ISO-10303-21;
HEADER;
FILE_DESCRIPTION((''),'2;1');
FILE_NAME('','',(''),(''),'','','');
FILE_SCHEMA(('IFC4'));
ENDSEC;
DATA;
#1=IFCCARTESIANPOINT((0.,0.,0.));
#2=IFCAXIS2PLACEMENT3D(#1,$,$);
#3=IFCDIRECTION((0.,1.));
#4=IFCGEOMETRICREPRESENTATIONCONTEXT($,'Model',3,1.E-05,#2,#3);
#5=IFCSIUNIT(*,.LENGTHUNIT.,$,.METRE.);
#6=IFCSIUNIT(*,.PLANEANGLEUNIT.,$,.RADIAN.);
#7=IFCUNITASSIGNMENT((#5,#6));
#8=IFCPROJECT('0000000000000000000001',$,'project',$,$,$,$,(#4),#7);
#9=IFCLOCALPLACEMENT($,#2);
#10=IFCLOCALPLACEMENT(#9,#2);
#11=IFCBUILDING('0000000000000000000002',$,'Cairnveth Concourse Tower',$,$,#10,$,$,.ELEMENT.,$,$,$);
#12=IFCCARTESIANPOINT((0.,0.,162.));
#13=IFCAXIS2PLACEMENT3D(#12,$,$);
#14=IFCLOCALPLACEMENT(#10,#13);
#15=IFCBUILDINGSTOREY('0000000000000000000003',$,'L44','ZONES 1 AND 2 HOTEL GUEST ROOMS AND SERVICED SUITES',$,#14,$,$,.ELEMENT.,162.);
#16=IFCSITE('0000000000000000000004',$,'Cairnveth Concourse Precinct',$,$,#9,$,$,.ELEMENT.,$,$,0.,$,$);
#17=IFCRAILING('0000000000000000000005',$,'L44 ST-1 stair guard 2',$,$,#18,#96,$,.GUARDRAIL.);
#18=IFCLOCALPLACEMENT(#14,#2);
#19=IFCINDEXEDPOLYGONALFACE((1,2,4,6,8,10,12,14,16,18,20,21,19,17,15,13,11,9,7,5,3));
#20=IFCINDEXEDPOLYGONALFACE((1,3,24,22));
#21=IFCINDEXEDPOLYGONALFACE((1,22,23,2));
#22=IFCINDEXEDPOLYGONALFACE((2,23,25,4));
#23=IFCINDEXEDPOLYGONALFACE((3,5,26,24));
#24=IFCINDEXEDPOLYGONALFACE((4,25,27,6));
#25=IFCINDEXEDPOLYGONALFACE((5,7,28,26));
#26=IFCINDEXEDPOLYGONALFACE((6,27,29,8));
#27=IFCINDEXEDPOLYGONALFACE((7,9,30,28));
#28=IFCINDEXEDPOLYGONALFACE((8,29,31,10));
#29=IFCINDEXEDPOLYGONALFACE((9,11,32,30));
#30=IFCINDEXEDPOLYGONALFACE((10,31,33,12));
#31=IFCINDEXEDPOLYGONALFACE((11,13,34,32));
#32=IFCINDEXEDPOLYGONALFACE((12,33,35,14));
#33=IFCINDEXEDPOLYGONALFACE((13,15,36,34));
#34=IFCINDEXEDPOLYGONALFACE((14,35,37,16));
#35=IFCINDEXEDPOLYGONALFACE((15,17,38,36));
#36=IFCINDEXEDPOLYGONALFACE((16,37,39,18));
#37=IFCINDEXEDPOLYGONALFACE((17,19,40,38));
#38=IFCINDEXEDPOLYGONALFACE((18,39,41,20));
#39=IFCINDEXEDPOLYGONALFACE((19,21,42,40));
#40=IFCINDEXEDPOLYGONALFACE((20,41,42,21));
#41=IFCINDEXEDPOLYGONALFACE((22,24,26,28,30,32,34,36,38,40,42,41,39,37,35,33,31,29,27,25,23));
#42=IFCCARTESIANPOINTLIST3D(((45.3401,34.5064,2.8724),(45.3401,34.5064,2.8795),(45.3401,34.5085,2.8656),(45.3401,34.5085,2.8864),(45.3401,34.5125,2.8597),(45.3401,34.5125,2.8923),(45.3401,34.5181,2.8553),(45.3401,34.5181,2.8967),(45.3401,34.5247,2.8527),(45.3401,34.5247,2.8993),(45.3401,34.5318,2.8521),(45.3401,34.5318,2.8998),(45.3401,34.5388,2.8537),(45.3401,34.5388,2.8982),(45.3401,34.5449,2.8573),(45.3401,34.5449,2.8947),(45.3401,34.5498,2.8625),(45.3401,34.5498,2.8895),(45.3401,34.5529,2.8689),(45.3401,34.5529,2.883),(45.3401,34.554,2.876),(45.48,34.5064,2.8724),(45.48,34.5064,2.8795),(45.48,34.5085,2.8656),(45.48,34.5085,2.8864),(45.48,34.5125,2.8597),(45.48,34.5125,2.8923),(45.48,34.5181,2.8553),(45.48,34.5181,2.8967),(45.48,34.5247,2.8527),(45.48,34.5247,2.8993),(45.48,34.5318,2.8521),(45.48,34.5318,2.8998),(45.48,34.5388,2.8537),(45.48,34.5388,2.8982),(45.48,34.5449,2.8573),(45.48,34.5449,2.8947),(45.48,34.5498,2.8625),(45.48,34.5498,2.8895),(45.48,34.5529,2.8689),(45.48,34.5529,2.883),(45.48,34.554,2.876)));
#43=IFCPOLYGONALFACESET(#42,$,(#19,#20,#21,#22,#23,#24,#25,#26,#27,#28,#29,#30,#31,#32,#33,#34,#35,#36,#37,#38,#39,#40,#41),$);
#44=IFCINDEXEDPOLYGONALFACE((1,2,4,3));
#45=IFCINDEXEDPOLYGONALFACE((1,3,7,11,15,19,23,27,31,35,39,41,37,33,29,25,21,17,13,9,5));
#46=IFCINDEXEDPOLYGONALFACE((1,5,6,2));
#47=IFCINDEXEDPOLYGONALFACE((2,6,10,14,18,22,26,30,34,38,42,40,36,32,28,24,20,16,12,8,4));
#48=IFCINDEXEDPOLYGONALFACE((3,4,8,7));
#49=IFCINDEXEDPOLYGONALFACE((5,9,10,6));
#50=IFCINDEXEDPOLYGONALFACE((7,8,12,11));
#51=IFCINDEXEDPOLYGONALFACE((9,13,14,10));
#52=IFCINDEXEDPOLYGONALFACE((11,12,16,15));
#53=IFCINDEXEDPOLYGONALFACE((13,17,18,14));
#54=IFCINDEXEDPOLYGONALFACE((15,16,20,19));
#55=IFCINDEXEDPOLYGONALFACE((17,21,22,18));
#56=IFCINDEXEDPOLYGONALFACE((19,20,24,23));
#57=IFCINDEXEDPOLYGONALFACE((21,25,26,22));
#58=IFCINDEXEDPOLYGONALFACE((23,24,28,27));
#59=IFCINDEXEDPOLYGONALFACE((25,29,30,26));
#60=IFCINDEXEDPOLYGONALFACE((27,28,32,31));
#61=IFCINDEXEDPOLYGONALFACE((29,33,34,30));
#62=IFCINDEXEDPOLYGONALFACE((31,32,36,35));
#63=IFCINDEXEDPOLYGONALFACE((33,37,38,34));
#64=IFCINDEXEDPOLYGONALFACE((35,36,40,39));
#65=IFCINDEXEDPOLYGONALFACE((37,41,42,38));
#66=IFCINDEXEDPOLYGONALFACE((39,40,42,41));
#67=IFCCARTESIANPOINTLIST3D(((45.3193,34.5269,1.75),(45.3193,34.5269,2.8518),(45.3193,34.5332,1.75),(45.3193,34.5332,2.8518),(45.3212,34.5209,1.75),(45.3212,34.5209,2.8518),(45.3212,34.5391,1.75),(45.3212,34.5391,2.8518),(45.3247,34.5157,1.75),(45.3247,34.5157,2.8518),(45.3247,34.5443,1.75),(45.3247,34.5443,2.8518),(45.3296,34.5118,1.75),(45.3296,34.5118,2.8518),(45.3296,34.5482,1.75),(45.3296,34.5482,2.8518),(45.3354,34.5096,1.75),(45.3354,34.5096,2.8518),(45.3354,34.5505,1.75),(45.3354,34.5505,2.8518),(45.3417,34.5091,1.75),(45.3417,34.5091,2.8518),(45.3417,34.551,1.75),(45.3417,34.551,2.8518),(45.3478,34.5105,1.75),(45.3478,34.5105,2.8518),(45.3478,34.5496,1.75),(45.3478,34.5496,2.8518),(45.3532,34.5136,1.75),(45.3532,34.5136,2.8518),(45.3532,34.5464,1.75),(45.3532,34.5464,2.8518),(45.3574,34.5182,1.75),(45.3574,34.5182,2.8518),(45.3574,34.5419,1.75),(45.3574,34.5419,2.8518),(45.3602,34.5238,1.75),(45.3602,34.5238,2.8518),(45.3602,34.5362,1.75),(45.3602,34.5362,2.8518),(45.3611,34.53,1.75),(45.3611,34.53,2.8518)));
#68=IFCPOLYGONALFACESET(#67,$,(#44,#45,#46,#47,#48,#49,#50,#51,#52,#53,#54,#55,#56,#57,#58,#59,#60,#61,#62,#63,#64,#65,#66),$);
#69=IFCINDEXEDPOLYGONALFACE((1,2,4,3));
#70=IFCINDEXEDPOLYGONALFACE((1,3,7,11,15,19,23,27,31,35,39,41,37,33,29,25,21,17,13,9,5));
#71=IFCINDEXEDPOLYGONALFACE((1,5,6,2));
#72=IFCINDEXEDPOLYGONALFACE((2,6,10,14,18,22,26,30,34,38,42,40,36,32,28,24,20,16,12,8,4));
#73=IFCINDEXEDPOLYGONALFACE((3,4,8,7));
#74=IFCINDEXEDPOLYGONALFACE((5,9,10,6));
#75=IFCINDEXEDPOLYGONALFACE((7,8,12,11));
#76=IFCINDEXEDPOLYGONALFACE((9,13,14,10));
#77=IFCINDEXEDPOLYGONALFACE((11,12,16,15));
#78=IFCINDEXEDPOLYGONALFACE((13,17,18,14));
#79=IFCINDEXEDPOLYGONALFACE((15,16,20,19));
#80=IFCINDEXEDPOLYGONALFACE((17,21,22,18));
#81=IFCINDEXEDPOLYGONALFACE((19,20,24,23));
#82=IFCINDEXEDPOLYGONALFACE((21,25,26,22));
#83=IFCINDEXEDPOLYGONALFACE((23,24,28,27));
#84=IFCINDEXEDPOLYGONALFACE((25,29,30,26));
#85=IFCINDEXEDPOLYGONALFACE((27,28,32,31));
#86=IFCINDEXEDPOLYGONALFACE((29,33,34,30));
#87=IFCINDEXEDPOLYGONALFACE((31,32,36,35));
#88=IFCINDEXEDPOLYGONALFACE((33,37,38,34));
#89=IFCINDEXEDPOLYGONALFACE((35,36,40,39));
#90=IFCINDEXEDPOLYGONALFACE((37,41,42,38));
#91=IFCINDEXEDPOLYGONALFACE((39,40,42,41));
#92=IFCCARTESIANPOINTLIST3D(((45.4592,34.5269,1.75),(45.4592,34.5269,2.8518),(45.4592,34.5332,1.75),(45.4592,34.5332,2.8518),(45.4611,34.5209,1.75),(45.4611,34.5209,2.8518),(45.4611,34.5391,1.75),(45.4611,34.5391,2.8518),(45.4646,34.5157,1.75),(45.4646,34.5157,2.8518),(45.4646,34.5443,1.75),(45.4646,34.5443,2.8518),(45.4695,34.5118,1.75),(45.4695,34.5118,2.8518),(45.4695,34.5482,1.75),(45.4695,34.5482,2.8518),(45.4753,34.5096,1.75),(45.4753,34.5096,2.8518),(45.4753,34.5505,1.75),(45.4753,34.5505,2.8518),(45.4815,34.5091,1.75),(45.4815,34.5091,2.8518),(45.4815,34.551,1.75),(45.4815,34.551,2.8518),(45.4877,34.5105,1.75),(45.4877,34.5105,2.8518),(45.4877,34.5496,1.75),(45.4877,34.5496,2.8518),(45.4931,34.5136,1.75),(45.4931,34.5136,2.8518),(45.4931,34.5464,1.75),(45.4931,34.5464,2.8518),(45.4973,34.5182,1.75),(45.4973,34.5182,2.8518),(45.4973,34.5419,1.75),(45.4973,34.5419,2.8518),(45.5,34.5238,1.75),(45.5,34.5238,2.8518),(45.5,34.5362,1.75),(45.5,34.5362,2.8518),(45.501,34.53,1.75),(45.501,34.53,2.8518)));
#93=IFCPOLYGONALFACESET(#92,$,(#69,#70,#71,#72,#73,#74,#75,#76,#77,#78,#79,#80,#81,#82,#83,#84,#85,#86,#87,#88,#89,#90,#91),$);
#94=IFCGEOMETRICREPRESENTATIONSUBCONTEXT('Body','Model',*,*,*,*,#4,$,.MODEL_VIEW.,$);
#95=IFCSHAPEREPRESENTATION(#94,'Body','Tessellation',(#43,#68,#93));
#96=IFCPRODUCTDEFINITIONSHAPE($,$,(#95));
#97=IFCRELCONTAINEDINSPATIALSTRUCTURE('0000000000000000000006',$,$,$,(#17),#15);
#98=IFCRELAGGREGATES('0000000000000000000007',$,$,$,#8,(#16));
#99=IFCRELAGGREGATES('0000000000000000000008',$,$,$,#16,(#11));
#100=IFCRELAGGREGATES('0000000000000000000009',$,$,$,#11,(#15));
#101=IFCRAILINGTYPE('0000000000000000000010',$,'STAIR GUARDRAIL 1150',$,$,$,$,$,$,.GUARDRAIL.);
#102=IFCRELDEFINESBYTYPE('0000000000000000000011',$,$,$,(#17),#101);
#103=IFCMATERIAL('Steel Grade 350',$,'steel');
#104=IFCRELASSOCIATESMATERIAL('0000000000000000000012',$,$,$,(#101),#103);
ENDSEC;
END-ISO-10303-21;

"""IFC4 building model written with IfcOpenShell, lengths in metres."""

from ifc_helpers import new_model, si_unit, direction, frame, origin, origin_2d, place, context, subcontext, project, spatial, circle, extrude, material, type_object, element, save


model = new_model("IFC4")

# Units and contexts
model_context = context("Model", 3, precision=1e-05, world=origin(), true_north=direction((0.0, 1.0)))
body_context = subcontext(model_context, "Body", "Model", "MODEL_VIEW")
ifc_project = project(units=[si_unit("LENGTHUNIT", "METRE"), si_unit("PLANEANGLEUNIT", "RADIAN")], contexts=[model_context])

# Site, building, storey
site_placement = place(None, origin())
site = spatial("IfcSite", under=ifc_project, at=site_placement, Name="Cairnveth Concourse Precinct", CompositionType="ELEMENT", RefElevation=0.0)
building_placement = place(site_placement, origin())
building = spatial("IfcBuilding", under=site, at=building_placement, Name="Cairnveth Concourse Tower", CompositionType="ELEMENT")
storey_placement = place(building_placement, frame((0.0, 0.0, 162.0)))
storey = spatial("IfcBuildingStorey", under=building, at=storey_placement, Name="L44", Description="ZONES 1 AND 2 HOTEL GUEST ROOMS AND SERVICED SUITES", CompositionType="ELEMENT", Elevation=162.0)

# Shared definitions
ifc_material_1 = material(Name="Steel Grade 350", Category="steel")

# Railing
railing_type_1 = type_object("IfcRailingType", Name="STAIR GUARDRAIL 1150", PredefinedType="GUARDRAIL", material=ifc_material_1)
railing_1_placement = place(storey_placement, frame((45.3401, 34.53, 1.75)))
element("IfcRailing", 1, at=railing_1_placement, inside=storey, type_object=railing_type_1, Name="L44 ST-1 stair guard 2", PredefinedType="GUARDRAIL", context=body_context, shape_type="SweptSolid", body=[
    extrude(circle(Radius=0.0239, at=origin_2d()), frame((0.0, 0.0, 1.126), z_axis=(1.0, 0.0, 0.0), x_axis=(0.0, 1.0, 0.0)), (0.0, 0.0, 1.0), 0.1399),
    extrude(circle(Radius=0.021, at=origin_2d()), origin(), (0.0, 0.0, 1.0), 1.1018),
    extrude(circle(Radius=0.021, at=origin_2d()), frame((0.1399, 0.0, 0.0)), (0.0, 0.0, 1.0), 1.1018),
])

save(model, "model.ifc")
